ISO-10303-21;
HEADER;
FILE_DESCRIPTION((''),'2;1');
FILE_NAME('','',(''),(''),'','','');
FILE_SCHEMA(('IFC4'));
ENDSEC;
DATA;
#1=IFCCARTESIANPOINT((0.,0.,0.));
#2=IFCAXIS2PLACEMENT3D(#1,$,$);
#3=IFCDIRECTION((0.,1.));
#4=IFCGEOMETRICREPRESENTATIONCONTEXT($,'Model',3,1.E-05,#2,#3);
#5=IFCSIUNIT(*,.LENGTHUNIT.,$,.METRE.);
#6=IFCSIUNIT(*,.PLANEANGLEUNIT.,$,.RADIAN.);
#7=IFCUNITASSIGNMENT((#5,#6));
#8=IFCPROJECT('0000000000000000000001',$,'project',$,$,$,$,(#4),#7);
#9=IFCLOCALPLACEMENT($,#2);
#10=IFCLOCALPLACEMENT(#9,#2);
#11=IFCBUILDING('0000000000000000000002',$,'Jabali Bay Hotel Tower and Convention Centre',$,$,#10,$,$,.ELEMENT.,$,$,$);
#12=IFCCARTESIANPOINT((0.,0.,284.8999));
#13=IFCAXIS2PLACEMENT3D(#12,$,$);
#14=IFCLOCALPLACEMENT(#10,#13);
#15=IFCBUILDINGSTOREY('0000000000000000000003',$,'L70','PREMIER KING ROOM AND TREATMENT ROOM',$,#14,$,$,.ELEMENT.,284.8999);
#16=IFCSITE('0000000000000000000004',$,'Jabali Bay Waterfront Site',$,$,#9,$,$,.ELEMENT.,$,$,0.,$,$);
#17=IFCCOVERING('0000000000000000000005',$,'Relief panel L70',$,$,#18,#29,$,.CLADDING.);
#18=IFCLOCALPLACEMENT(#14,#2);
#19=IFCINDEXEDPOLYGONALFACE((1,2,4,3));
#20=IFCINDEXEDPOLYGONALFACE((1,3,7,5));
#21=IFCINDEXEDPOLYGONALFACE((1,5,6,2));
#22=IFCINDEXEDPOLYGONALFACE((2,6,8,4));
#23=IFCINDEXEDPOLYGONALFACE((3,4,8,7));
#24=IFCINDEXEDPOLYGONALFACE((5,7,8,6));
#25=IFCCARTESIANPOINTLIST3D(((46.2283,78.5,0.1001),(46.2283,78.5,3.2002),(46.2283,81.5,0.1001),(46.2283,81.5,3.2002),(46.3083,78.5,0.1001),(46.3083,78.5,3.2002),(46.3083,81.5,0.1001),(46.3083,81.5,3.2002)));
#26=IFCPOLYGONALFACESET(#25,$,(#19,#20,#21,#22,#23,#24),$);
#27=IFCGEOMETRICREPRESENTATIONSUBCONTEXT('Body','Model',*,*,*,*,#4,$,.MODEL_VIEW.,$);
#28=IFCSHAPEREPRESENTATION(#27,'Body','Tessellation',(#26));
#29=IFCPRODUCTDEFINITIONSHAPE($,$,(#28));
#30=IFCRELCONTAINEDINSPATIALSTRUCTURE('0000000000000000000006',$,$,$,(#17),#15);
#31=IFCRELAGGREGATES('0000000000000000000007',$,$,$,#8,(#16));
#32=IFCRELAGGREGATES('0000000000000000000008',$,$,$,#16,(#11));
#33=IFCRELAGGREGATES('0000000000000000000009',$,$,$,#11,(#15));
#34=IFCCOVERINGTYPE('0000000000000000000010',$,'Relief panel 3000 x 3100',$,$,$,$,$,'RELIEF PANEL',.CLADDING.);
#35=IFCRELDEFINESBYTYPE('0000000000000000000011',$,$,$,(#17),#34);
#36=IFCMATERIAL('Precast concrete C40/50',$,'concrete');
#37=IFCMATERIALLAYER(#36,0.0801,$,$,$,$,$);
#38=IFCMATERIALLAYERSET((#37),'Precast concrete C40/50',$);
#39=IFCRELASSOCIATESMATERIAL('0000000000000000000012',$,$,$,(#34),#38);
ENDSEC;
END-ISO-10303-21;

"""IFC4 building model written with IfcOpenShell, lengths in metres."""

from ifc_helpers import new_model, si_unit, direction, frame, origin, origin_2d, place, context, subcontext, project, spatial, rectangle, extrude, material, layer, layer_set, type_object, element, save


model = new_model("IFC4")

# Units and contexts
model_context = context("Model", 3, precision=1e-05, world=origin(), true_north=direction((0.0, 1.0)))
body_context = subcontext(model_context, "Body", "Model", "MODEL_VIEW")
ifc_project = project(units=[si_unit("LENGTHUNIT", "METRE"), si_unit("PLANEANGLEUNIT", "RADIAN")], contexts=[model_context])

# Site, building, storey
site_placement = place(None, origin())
site = spatial("IfcSite", under=ifc_project, at=site_placement, Name="Jabali Bay Waterfront Site", CompositionType="ELEMENT", RefElevation=0.0)
building_placement = place(site_placement, origin())
building = spatial("IfcBuilding", under=site, at=building_placement, Name="Jabali Bay Hotel Tower and Convention Centre", CompositionType="ELEMENT")
storey_placement = place(building_placement, frame((0.0, 0.0, 284.8999)))
storey = spatial("IfcBuildingStorey", under=building, at=storey_placement, Name="L70", Description="PREMIER KING ROOM AND TREATMENT ROOM", CompositionType="ELEMENT", Elevation=284.8999)

# Covering
ifc_material_1 = material(Name="Precast concrete C40/50", Category="concrete")
ifc_layer_1 = layer(ifc_material_1, 0.0801)
ifc_layer_set_1 = layer_set([ifc_layer_1], Name="Precast concrete C40/50")
covering_type = type_object("IfcCoveringType", Name="Relief panel 3000 x 3100", ElementType="RELIEF PANEL", PredefinedType="CLADDING", material=ifc_layer_set_1)
covering_placement = place(storey_placement, frame((46.2683, 80.0, 0.1001), z_axis=(0.0, 0.0, 1.0), x_axis=(0.0, 1.0, 0.0)))
element("IfcCovering", 1, at=covering_placement, inside=storey, type_object=covering_type, Name="Relief panel L70", PredefinedType="CLADDING", context=body_context, shape_type="SweptSolid", body=[
    extrude(rectangle(XDim=3.0, YDim=0.0801, at=origin_2d()), origin(), (0.0, 0.0, 1.0), 3.1001),
])

save(model, "model.ifc")
